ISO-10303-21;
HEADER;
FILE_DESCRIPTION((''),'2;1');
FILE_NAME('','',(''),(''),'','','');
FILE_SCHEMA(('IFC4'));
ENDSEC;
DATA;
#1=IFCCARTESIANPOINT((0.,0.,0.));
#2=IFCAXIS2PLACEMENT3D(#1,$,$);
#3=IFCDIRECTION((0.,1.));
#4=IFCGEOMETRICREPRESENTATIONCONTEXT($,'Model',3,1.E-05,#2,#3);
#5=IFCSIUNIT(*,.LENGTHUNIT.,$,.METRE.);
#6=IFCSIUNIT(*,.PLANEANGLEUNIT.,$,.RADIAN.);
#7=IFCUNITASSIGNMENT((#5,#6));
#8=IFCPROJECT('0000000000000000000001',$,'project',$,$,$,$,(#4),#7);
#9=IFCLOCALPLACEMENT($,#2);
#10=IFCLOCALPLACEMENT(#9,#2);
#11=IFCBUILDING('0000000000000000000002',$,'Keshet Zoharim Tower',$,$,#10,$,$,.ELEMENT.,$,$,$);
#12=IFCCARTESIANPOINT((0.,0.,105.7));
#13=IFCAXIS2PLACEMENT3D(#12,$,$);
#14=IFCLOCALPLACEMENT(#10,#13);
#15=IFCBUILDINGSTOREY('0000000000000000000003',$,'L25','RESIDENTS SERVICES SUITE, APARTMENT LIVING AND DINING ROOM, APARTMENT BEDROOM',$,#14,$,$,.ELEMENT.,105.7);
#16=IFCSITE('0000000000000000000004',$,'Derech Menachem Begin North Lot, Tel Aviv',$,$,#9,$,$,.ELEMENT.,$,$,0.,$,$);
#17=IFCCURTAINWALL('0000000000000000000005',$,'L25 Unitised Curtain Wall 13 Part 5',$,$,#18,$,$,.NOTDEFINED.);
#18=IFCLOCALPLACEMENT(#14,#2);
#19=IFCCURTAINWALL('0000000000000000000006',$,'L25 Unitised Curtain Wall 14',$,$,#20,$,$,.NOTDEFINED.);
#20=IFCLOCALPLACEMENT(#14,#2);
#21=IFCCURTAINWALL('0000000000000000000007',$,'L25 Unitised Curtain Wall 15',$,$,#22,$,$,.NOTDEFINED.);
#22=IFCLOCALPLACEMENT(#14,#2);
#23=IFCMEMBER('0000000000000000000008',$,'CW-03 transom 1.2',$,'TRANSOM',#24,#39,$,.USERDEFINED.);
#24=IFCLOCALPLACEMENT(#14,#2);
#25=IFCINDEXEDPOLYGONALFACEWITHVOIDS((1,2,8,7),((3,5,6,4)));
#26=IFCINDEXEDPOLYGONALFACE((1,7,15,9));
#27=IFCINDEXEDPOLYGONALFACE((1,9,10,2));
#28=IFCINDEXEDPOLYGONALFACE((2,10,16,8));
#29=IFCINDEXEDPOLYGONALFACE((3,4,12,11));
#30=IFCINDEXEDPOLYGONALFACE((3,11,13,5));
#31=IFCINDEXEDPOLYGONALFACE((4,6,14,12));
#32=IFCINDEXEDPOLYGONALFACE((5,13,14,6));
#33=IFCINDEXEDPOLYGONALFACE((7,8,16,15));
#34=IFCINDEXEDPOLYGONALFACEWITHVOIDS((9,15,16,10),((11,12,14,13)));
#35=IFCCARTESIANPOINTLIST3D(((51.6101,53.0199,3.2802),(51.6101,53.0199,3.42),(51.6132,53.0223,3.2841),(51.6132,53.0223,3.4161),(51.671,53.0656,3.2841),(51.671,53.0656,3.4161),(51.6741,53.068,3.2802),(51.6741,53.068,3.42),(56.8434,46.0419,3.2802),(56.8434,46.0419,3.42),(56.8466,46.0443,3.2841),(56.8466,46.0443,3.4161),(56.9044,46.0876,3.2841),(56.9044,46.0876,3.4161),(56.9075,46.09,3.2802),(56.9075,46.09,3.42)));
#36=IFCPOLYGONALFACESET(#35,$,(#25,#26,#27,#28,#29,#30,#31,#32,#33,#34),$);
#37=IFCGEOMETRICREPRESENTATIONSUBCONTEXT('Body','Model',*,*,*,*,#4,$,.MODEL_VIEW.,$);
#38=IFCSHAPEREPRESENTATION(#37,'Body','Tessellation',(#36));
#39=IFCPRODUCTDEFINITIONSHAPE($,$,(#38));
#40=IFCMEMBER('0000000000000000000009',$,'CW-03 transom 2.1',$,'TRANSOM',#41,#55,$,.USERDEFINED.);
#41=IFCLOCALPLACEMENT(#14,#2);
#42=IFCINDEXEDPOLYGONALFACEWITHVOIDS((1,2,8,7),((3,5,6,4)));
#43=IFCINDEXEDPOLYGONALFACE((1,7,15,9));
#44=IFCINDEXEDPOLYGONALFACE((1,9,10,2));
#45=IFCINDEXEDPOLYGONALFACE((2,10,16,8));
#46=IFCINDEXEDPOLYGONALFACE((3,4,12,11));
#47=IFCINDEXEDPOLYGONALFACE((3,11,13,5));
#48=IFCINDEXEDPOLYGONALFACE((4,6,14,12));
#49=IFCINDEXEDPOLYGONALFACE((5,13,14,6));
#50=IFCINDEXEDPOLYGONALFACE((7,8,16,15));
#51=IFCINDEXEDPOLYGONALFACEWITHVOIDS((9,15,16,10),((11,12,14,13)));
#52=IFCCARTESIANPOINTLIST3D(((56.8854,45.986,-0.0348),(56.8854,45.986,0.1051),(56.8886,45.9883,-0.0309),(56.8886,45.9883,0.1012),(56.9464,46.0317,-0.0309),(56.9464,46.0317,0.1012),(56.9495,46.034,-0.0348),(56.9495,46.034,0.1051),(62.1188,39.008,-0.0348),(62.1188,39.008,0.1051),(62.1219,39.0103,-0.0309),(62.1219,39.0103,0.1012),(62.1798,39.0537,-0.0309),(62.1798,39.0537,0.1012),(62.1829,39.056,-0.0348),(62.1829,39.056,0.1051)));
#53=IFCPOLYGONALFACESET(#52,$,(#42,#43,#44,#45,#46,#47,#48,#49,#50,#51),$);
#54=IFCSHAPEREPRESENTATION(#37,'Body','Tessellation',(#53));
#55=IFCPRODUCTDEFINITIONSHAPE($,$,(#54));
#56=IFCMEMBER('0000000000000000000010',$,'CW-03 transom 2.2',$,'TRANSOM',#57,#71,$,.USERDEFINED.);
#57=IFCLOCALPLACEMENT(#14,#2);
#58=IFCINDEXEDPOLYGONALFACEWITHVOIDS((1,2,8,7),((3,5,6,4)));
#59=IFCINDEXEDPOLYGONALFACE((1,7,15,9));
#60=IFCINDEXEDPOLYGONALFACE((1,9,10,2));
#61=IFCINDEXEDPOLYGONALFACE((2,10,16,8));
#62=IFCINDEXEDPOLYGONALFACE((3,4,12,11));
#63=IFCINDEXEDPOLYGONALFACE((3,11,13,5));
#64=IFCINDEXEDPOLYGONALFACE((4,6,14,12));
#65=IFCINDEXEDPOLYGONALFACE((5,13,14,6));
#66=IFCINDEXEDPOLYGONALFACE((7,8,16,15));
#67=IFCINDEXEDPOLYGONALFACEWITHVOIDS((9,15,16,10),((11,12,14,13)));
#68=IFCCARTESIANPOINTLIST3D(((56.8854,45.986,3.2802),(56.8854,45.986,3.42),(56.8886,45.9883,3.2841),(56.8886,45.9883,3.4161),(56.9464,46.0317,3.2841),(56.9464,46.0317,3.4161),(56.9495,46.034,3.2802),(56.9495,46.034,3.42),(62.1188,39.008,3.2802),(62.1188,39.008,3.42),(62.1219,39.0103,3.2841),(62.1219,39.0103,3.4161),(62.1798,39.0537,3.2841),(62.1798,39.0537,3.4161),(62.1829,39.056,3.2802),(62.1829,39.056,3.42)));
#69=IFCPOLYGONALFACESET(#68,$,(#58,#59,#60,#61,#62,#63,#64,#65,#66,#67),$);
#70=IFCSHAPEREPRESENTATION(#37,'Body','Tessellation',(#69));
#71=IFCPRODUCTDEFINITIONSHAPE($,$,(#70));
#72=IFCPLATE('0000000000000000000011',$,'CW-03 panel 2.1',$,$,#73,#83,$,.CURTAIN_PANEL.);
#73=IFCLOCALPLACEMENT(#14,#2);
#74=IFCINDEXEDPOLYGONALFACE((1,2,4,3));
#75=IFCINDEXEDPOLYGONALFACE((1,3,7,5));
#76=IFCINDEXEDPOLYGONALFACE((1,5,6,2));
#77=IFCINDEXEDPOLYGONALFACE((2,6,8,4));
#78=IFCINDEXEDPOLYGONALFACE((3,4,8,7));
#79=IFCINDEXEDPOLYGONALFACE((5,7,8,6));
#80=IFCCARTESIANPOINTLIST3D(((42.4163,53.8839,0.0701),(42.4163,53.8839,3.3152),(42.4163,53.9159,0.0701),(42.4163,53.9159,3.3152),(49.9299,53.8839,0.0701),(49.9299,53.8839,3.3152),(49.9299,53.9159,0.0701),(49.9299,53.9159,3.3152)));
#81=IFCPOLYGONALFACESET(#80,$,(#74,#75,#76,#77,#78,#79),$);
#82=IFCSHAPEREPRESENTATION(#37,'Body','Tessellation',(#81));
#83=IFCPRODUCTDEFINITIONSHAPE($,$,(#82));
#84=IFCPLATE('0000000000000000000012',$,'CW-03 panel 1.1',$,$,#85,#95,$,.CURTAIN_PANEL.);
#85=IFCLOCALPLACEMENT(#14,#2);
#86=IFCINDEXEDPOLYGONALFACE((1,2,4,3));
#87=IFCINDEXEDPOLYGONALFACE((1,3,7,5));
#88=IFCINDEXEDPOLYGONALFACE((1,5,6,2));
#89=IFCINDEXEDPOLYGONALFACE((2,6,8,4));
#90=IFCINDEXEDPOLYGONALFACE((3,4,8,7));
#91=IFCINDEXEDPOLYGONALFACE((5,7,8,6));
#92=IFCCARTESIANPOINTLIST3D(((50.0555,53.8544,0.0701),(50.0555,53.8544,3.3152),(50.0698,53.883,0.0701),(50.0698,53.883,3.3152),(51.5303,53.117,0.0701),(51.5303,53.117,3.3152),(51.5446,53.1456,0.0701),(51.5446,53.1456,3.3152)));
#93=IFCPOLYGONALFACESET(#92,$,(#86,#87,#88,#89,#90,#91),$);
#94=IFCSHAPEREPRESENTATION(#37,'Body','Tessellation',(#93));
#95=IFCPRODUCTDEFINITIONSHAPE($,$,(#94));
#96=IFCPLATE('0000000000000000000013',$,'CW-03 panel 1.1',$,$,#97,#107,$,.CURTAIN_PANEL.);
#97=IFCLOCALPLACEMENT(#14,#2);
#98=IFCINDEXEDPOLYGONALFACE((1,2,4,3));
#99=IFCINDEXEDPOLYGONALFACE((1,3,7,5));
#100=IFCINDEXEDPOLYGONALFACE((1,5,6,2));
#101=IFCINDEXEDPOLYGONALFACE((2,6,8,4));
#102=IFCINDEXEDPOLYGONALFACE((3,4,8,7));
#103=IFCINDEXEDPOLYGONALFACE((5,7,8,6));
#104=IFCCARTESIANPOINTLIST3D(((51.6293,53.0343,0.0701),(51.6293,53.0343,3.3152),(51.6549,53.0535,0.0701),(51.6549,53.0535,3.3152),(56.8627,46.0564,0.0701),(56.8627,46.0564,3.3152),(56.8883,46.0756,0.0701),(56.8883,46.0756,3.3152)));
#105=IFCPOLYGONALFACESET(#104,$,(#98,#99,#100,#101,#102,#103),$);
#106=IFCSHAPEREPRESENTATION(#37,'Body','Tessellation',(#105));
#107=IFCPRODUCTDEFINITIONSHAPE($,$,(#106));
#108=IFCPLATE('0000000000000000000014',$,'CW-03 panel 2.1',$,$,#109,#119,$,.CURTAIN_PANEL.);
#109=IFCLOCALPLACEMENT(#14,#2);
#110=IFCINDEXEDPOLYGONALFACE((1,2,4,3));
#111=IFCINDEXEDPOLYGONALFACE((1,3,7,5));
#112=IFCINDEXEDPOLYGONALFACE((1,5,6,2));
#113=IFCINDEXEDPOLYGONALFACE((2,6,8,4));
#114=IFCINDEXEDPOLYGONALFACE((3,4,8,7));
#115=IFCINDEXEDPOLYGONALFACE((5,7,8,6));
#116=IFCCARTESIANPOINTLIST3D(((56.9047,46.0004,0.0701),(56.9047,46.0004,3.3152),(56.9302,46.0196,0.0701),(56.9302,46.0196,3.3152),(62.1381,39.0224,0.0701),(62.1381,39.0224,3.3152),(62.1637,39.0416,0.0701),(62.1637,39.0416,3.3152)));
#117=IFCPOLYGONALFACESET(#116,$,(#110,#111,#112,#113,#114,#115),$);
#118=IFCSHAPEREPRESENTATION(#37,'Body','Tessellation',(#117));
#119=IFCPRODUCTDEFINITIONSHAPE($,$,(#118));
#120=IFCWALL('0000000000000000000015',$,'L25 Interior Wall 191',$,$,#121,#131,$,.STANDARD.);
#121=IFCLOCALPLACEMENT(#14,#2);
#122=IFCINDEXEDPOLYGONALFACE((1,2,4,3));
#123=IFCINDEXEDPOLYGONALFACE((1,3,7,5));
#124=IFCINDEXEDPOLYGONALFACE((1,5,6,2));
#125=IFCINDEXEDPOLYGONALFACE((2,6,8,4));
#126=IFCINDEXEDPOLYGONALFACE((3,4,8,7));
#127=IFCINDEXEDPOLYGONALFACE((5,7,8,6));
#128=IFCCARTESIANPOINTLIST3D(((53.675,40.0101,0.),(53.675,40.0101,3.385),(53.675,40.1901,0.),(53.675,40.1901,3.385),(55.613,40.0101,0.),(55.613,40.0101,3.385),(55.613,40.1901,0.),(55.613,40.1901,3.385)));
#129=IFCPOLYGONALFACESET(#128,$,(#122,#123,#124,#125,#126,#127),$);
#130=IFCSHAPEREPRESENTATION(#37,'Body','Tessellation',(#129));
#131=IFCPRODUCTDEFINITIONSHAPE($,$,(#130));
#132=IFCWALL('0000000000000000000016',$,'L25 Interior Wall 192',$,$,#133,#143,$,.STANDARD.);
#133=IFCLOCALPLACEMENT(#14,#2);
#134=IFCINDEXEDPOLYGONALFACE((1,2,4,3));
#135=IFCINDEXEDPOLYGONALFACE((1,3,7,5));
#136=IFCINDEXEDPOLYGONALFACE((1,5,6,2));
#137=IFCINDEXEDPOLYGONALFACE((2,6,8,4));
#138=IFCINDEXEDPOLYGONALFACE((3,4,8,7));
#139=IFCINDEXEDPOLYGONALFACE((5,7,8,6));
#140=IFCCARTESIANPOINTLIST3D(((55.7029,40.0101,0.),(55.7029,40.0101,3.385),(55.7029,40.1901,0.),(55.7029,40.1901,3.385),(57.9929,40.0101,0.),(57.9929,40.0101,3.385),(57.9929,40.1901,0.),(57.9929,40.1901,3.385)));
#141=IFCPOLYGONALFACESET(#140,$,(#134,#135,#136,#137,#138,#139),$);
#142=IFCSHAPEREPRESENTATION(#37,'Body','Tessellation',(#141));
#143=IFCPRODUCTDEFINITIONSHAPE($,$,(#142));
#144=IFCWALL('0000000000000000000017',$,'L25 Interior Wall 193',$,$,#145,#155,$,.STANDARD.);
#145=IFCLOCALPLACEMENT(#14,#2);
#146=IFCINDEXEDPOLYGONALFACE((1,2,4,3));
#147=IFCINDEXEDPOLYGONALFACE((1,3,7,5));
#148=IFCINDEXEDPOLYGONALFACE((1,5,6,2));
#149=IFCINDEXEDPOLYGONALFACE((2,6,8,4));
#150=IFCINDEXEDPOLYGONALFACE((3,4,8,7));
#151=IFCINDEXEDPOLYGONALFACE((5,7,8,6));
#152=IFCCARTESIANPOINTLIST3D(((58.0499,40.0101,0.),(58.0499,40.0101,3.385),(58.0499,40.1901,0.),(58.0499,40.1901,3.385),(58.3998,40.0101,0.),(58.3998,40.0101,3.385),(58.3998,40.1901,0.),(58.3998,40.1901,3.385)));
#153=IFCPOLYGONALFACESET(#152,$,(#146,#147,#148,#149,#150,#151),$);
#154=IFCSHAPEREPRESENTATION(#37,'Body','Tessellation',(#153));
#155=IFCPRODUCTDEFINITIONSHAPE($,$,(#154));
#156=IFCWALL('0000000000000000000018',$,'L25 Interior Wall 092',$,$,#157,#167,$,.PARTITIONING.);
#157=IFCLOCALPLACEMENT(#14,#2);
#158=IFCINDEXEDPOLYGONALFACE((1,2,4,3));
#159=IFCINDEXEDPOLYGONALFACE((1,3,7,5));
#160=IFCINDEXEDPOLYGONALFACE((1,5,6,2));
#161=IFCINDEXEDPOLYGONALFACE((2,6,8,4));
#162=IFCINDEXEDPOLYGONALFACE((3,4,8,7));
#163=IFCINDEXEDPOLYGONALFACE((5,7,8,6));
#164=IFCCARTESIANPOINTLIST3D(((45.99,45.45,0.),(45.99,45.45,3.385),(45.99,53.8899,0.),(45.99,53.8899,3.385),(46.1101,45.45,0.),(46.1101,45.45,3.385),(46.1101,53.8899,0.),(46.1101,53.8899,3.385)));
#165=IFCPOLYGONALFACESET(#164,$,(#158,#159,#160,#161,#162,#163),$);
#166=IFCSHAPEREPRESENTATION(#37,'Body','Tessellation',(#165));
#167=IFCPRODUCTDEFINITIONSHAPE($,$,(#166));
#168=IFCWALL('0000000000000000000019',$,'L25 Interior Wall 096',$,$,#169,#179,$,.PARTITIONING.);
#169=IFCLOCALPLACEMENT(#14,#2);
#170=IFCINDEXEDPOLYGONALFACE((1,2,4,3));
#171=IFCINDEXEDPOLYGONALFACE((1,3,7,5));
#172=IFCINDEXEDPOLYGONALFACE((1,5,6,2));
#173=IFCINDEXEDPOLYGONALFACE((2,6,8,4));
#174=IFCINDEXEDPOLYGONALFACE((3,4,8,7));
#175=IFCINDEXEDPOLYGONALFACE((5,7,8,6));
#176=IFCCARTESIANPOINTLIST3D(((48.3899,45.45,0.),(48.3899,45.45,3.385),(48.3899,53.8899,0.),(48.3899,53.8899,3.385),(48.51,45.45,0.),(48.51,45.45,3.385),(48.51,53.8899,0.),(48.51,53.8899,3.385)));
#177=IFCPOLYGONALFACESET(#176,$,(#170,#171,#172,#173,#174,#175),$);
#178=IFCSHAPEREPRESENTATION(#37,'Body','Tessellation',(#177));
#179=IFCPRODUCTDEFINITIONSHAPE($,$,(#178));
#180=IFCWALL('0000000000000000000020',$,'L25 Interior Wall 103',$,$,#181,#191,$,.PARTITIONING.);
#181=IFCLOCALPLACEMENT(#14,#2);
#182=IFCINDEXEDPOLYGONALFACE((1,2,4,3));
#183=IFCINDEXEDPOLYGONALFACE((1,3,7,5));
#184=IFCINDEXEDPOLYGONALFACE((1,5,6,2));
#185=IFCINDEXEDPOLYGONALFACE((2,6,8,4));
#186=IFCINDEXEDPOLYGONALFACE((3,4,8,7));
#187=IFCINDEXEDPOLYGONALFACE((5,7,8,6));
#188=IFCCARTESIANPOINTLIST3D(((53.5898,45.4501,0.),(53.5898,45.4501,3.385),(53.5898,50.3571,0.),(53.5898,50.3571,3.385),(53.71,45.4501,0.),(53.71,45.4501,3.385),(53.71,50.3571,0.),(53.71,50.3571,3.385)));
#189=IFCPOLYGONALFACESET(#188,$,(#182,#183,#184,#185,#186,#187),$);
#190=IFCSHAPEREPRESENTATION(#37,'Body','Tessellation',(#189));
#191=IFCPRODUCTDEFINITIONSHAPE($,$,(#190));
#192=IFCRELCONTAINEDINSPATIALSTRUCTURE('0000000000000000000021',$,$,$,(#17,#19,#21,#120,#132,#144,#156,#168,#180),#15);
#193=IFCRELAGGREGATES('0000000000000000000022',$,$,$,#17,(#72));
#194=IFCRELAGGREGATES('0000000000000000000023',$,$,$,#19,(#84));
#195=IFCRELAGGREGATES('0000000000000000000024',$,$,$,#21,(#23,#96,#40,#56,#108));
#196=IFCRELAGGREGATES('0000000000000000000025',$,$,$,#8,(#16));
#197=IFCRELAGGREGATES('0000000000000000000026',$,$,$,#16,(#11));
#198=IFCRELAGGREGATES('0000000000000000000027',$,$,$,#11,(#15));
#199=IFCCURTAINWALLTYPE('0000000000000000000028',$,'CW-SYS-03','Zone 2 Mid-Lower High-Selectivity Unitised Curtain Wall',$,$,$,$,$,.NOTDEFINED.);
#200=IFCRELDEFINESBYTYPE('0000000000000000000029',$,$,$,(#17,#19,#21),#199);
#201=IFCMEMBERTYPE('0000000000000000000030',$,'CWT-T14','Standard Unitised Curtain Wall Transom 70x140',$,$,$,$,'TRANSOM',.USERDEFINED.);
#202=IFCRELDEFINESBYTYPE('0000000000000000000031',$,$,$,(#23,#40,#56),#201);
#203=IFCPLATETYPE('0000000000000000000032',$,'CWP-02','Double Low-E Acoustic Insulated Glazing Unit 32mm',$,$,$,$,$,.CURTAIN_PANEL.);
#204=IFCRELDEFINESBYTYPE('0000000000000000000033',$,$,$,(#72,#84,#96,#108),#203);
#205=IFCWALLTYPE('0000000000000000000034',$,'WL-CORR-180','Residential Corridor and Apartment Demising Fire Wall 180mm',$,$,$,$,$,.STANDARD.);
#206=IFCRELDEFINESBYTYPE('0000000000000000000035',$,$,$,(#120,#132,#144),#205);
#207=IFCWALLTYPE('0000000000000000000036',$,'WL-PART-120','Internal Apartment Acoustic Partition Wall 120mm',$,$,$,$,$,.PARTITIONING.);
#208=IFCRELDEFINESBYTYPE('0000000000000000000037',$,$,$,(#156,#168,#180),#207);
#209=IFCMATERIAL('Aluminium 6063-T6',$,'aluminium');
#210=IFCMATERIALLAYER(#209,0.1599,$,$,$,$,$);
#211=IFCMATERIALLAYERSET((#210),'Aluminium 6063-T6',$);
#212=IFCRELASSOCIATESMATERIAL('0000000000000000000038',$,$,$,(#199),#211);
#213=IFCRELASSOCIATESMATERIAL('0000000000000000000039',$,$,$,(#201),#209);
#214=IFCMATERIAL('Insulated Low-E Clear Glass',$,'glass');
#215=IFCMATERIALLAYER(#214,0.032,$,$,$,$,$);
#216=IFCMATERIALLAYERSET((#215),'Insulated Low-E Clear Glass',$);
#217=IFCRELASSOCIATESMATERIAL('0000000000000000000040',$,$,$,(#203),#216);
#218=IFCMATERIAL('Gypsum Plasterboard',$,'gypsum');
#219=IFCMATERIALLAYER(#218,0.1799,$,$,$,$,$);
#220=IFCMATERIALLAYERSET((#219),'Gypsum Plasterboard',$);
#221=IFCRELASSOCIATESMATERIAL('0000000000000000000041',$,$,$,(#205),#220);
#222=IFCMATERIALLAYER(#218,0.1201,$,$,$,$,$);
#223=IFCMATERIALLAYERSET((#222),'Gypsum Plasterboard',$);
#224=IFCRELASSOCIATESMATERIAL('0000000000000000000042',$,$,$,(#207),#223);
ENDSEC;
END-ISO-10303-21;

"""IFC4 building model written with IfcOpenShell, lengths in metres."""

from ifc_helpers import new_model, si_unit, direction, frame, frame_2d, origin, origin_2d, place, context, subcontext, project, spatial, rectangle, hollow_rectangle, extrude, material, layer, layer_set, material_profile, profile_set, type_object, element, aggregate, save


model = new_model("IFC4")

# Units and contexts
model_context = context("Model", 3, precision=1e-05, world=origin(), true_north=direction((0.0, 1.0)))
body_context = subcontext(model_context, "Body", "Model", "MODEL_VIEW")
ifc_project = project(units=[si_unit("LENGTHUNIT", "METRE"), si_unit("PLANEANGLEUNIT", "RADIAN")], contexts=[model_context])

# Site, building, storey
site_placement = place(None, origin())
site = spatial("IfcSite", under=ifc_project, at=site_placement, Name="Derech Menachem Begin North Lot, Tel Aviv", CompositionType="ELEMENT", RefElevation=0.0)
building_placement = place(site_placement, origin())
building = spatial("IfcBuilding", under=site, at=building_placement, Name="Keshet Zoharim Tower", CompositionType="ELEMENT")
storey_placement = place(building_placement, frame((0.0, 0.0, 105.7)))
storey = spatial("IfcBuildingStorey", under=building, at=storey_placement, Name="L25", Description="RESIDENTS SERVICES SUITE, APARTMENT LIVING AND DINING ROOM, APARTMENT BEDROOM", CompositionType="ELEMENT", Elevation=105.7)

# Curtain wall
ifc_material_1 = material(Name="Aluminium 6063-T6", Category="aluminium")
ifc_layer_1 = layer(ifc_material_1, 0.1599)
ifc_layer_set_1 = layer_set([ifc_layer_1], Name="Aluminium 6063-T6")
curtain_wall_type = type_object("IfcCurtainWallType", Name="CW-SYS-03", Description="Zone 2 Mid-Lower High-Selectivity Unitised Curtain Wall", PredefinedType="NOTDEFINED", material=ifc_layer_set_1)
curtain_wall_1_placement = place(storey_placement, origin())
curtain_wall_1 = element("IfcCurtainWall", 1, at=curtain_wall_1_placement, inside=storey, type_object=curtain_wall_type, Name="L25 Unitised Curtain Wall 13 Part 5", PredefinedType="NOTDEFINED")

# Curtain walls
curtain_wall_2_placement = place(storey_placement, origin())
curtain_wall_2 = element("IfcCurtainWall", 2, at=curtain_wall_2_placement, inside=storey, type_object=curtain_wall_type, Name="L25 Unitised Curtain Wall 14", PredefinedType="NOTDEFINED")
curtain_wall_3_placement = place(storey_placement, origin())
curtain_wall_3 = element("IfcCurtainWall", 3, at=curtain_wall_3_placement, inside=storey, type_object=curtain_wall_type, Name="L25 Unitised Curtain Wall 15", PredefinedType="NOTDEFINED")

# Members
ifc_material_profile_1 = material_profile(ifc_material_1, hollow_rectangle(XDim=0.0801, YDim=0.1399, WallThickness=0.0039, at=origin_2d()), Name="TRN-80x140")
ifc_profile_set_1 = profile_set([ifc_material_profile_1], Name="Aluminium 6063-T6")
member_type_1 = type_object("IfcMemberType", Name="CWT-T14", Description="Standard Unitised Curtain Wall Transom 70x140", ElementType="TRANSOM", PredefinedType="USERDEFINED", material=ifc_profile_set_1)
member_1_placement = place(storey_placement, frame((51.6421, 53.0439, 3.3501), z_axis=(0.599991, -0.800007, 0.0), x_axis=(0.800007, 0.599991, 0.0)))
member_1 = element("IfcMember", 4, at=member_1_placement, type_object=member_type_1, Name="CW-03 transom 1.2", ObjectType="TRANSOM", PredefinedType="USERDEFINED", context=body_context, shape_type="SweptSolid", body=[
    extrude(hollow_rectangle(XDim=0.0801, YDim=0.1399, WallThickness=0.0039, at=origin_2d()), origin(), (0.0, 0.0, 1.0), 8.7224),
])
member_2_placement = place(storey_placement, frame((56.9175, 46.01, 0.0352), z_axis=(0.599991, -0.800007, 0.0), x_axis=(0.800007, 0.599991, 0.0)))
member_2 = element("IfcMember", 5, at=member_2_placement, type_object=member_type_1, Name="CW-03 transom 2.1", ObjectType="TRANSOM", PredefinedType="USERDEFINED", context=body_context, shape_type="SweptSolid", body=[
    extrude(hollow_rectangle(XDim=0.0801, YDim=0.1399, WallThickness=0.0039, at=origin_2d()), origin(), (0.0, 0.0, 1.0), 8.7224),
])
member_3_placement = place(storey_placement, frame((56.9175, 46.01, 3.3501), z_axis=(0.599991, -0.800007, 0.0), x_axis=(0.800007, 0.599991, 0.0)))
member_3 = element("IfcMember", 6, at=member_3_placement, type_object=member_type_1, Name="CW-03 transom 2.2", ObjectType="TRANSOM", PredefinedType="USERDEFINED", context=body_context, shape_type="SweptSolid", body=[
    extrude(hollow_rectangle(XDim=0.0801, YDim=0.1399, WallThickness=0.0039, at=origin_2d()), origin(), (0.0, 0.0, 1.0), 8.7224),
])

# Plates
ifc_material_2 = material(Name="Insulated Low-E Clear Glass", Category="glass")
ifc_layer_2 = layer(ifc_material_2, 0.032)
ifc_layer_set_2 = layer_set([ifc_layer_2], Name="Insulated Low-E Clear Glass")
plate_type = type_object("IfcPlateType", Name="CWP-02", Description="Double Low-E Acoustic Insulated Glazing Unit 32mm", PredefinedType="CURTAIN_PANEL", material=ifc_layer_set_2)
plate_1_placement = place(storey_placement, frame((46.1731, 53.8999, 0.0701), z_axis=(0.0, 0.0, 1.0), x_axis=(1.0, 0.0, 0.0)))
plate_1 = element("IfcPlate", 7, at=plate_1_placement, type_object=plate_type, Name="CW-03 panel 2.1", PredefinedType="CURTAIN_PANEL", context=body_context, shape_type="SweptSolid", body=[
    extrude(rectangle(XDim=7.5137, YDim=0.032, at=origin_2d()), origin(), (0.0, 0.0, 1.0), 3.2451),
])
aggregate(curtain_wall_1, [plate_1])
plate_2_placement = place(storey_placement, frame((50.8, 53.5, 0.0701), z_axis=(0.0, 0.0, 1.0), x_axis=(0.894427, -0.447214, 0.0)))
plate_2 = element("IfcPlate", 8, at=plate_2_placement, type_object=plate_type, Name="CW-03 panel 1.1", PredefinedType="CURTAIN_PANEL", context=body_context, shape_type="SweptSolid", body=[
    extrude(rectangle(XDim=1.6489, YDim=0.032, at=origin_2d()), origin(), (0.0, 0.0, 1.0), 3.2451),
])
aggregate(curtain_wall_2, [plate_2])
plate_3_placement = place(storey_placement, frame((54.2588, 49.5549, 0.0701), z_axis=(0.0, 0.0, 1.0), x_axis=(0.6, -0.8, 0.0)))
plate_3 = element("IfcPlate", 9, at=plate_3_placement, type_object=plate_type, Name="CW-03 panel 1.1", PredefinedType="CURTAIN_PANEL", context=body_context, shape_type="SweptSolid", body=[
    extrude(rectangle(XDim=8.7224, YDim=0.032, at=origin_2d()), origin(), (0.0, 0.0, 1.0), 3.2451),
])
plate_4_placement = place(storey_placement, frame((59.5342, 42.521, 0.0701), z_axis=(0.0, 0.0, 1.0), x_axis=(0.6, -0.8, 0.0)))
plate_4 = element("IfcPlate", 10, at=plate_4_placement, type_object=plate_type, Name="CW-03 panel 2.1", PredefinedType="CURTAIN_PANEL", context=body_context, shape_type="SweptSolid", body=[
    extrude(rectangle(XDim=8.7224, YDim=0.032, at=origin_2d()), origin(), (0.0, 0.0, 1.0), 3.2451),
])
aggregate(curtain_wall_3, [member_1, plate_3, member_2, member_3, plate_4])

# Walls
ifc_material_3 = material(Name="Gypsum Plasterboard", Category="gypsum")
ifc_layer_3 = layer(ifc_material_3, 0.1799)
ifc_layer_set_3 = layer_set([ifc_layer_3], Name="Gypsum Plasterboard")
wall_type_1 = type_object("IfcWallType", Name="WL-CORR-180", Description="Residential Corridor and Apartment Demising Fire Wall 180mm", PredefinedType="STANDARD", material=ifc_layer_set_3)
wall_1_placement = place(storey_placement, frame((53.675, 40.1001, 0.0), z_axis=(0.0, 0.0, 1.0), x_axis=(1.0, 0.0, 0.0)))
element("IfcWall", 11, at=wall_1_placement, inside=storey, type_object=wall_type_1, Name="L25 Interior Wall 191", PredefinedType="STANDARD", context=body_context, shape_type="SweptSolid", body=[
    extrude(rectangle(XDim=1.938, YDim=0.1799, at=frame_2d((0.969, 0.0))), origin(), (0.0, 0.0, 1.0), 3.385),
])
wall_2_placement = place(storey_placement, frame((55.7029, 40.1001, 0.0), z_axis=(0.0, 0.0, 1.0), x_axis=(1.0, 0.0, 0.0)))
element("IfcWall", 12, at=wall_2_placement, inside=storey, type_object=wall_type_1, Name="L25 Interior Wall 192", PredefinedType="STANDARD", context=body_context, shape_type="SweptSolid", body=[
    extrude(rectangle(XDim=2.29, YDim=0.1799, at=frame_2d((1.145, 0.0))), origin(), (0.0, 0.0, 1.0), 3.385),
])
wall_3_placement = place(storey_placement, frame((58.05, 40.1001, 0.0), z_axis=(0.0, 0.0, 1.0), x_axis=(1.0, 0.0, 0.0)))
element("IfcWall", 13, at=wall_3_placement, inside=storey, type_object=wall_type_1, Name="L25 Interior Wall 193", PredefinedType="STANDARD", context=body_context, shape_type="SweptSolid", body=[
    extrude(rectangle(XDim=0.3499, YDim=0.1799, at=frame_2d((0.1748, 0.0))), origin(), (0.0, 0.0, 1.0), 3.385),
])
ifc_layer_4 = layer(ifc_material_3, 0.1201)
ifc_layer_set_4 = layer_set([ifc_layer_4], Name="Gypsum Plasterboard")
wall_type_2 = type_object("IfcWallType", Name="WL-PART-120", Description="Internal Apartment Acoustic Partition Wall 120mm", PredefinedType="PARTITIONING", material=ifc_layer_set_4)
for number, where, z_axis, x_axis, name in (
    (14, (46.05, 45.45, 0.0), (0.0, 0.0, 1.0), (0.0, 1.0, 0.0), "L25 Interior Wall 092"),
    (15, (48.45, 45.45, 0.0), (0.0, 0.0, 1.0), (0.0, 1.0, 0.0), "L25 Interior Wall 096"),
):
    element("IfcWall", number, at=place(storey_placement, frame(where, z_axis=z_axis, x_axis=x_axis)), inside=storey, type_object=wall_type_2, Name=name, PredefinedType="PARTITIONING", context=body_context, shape_type="SweptSolid", body=[
        extrude(rectangle(XDim=8.4399, YDim=0.1201, at=frame_2d((4.22, 0.0))), origin(), (0.0, 0.0, 1.0), 3.385),
    ])
wall_4_placement = place(storey_placement, frame((53.6499, 45.45, 0.0), z_axis=(0.0, 0.0, 1.0), x_axis=(0.0, 1.0, 0.0)))
element("IfcWall", 16, at=wall_4_placement, inside=storey, type_object=wall_type_2, Name="L25 Interior Wall 103", PredefinedType="PARTITIONING", context=body_context, shape_type="SweptSolid", body=[
    extrude(rectangle(XDim=4.907, YDim=0.1201, at=frame_2d((2.4536, 0.0))), origin(), (0.0, 0.0, 1.0), 3.385),
])

save(model, "model.ifc")
